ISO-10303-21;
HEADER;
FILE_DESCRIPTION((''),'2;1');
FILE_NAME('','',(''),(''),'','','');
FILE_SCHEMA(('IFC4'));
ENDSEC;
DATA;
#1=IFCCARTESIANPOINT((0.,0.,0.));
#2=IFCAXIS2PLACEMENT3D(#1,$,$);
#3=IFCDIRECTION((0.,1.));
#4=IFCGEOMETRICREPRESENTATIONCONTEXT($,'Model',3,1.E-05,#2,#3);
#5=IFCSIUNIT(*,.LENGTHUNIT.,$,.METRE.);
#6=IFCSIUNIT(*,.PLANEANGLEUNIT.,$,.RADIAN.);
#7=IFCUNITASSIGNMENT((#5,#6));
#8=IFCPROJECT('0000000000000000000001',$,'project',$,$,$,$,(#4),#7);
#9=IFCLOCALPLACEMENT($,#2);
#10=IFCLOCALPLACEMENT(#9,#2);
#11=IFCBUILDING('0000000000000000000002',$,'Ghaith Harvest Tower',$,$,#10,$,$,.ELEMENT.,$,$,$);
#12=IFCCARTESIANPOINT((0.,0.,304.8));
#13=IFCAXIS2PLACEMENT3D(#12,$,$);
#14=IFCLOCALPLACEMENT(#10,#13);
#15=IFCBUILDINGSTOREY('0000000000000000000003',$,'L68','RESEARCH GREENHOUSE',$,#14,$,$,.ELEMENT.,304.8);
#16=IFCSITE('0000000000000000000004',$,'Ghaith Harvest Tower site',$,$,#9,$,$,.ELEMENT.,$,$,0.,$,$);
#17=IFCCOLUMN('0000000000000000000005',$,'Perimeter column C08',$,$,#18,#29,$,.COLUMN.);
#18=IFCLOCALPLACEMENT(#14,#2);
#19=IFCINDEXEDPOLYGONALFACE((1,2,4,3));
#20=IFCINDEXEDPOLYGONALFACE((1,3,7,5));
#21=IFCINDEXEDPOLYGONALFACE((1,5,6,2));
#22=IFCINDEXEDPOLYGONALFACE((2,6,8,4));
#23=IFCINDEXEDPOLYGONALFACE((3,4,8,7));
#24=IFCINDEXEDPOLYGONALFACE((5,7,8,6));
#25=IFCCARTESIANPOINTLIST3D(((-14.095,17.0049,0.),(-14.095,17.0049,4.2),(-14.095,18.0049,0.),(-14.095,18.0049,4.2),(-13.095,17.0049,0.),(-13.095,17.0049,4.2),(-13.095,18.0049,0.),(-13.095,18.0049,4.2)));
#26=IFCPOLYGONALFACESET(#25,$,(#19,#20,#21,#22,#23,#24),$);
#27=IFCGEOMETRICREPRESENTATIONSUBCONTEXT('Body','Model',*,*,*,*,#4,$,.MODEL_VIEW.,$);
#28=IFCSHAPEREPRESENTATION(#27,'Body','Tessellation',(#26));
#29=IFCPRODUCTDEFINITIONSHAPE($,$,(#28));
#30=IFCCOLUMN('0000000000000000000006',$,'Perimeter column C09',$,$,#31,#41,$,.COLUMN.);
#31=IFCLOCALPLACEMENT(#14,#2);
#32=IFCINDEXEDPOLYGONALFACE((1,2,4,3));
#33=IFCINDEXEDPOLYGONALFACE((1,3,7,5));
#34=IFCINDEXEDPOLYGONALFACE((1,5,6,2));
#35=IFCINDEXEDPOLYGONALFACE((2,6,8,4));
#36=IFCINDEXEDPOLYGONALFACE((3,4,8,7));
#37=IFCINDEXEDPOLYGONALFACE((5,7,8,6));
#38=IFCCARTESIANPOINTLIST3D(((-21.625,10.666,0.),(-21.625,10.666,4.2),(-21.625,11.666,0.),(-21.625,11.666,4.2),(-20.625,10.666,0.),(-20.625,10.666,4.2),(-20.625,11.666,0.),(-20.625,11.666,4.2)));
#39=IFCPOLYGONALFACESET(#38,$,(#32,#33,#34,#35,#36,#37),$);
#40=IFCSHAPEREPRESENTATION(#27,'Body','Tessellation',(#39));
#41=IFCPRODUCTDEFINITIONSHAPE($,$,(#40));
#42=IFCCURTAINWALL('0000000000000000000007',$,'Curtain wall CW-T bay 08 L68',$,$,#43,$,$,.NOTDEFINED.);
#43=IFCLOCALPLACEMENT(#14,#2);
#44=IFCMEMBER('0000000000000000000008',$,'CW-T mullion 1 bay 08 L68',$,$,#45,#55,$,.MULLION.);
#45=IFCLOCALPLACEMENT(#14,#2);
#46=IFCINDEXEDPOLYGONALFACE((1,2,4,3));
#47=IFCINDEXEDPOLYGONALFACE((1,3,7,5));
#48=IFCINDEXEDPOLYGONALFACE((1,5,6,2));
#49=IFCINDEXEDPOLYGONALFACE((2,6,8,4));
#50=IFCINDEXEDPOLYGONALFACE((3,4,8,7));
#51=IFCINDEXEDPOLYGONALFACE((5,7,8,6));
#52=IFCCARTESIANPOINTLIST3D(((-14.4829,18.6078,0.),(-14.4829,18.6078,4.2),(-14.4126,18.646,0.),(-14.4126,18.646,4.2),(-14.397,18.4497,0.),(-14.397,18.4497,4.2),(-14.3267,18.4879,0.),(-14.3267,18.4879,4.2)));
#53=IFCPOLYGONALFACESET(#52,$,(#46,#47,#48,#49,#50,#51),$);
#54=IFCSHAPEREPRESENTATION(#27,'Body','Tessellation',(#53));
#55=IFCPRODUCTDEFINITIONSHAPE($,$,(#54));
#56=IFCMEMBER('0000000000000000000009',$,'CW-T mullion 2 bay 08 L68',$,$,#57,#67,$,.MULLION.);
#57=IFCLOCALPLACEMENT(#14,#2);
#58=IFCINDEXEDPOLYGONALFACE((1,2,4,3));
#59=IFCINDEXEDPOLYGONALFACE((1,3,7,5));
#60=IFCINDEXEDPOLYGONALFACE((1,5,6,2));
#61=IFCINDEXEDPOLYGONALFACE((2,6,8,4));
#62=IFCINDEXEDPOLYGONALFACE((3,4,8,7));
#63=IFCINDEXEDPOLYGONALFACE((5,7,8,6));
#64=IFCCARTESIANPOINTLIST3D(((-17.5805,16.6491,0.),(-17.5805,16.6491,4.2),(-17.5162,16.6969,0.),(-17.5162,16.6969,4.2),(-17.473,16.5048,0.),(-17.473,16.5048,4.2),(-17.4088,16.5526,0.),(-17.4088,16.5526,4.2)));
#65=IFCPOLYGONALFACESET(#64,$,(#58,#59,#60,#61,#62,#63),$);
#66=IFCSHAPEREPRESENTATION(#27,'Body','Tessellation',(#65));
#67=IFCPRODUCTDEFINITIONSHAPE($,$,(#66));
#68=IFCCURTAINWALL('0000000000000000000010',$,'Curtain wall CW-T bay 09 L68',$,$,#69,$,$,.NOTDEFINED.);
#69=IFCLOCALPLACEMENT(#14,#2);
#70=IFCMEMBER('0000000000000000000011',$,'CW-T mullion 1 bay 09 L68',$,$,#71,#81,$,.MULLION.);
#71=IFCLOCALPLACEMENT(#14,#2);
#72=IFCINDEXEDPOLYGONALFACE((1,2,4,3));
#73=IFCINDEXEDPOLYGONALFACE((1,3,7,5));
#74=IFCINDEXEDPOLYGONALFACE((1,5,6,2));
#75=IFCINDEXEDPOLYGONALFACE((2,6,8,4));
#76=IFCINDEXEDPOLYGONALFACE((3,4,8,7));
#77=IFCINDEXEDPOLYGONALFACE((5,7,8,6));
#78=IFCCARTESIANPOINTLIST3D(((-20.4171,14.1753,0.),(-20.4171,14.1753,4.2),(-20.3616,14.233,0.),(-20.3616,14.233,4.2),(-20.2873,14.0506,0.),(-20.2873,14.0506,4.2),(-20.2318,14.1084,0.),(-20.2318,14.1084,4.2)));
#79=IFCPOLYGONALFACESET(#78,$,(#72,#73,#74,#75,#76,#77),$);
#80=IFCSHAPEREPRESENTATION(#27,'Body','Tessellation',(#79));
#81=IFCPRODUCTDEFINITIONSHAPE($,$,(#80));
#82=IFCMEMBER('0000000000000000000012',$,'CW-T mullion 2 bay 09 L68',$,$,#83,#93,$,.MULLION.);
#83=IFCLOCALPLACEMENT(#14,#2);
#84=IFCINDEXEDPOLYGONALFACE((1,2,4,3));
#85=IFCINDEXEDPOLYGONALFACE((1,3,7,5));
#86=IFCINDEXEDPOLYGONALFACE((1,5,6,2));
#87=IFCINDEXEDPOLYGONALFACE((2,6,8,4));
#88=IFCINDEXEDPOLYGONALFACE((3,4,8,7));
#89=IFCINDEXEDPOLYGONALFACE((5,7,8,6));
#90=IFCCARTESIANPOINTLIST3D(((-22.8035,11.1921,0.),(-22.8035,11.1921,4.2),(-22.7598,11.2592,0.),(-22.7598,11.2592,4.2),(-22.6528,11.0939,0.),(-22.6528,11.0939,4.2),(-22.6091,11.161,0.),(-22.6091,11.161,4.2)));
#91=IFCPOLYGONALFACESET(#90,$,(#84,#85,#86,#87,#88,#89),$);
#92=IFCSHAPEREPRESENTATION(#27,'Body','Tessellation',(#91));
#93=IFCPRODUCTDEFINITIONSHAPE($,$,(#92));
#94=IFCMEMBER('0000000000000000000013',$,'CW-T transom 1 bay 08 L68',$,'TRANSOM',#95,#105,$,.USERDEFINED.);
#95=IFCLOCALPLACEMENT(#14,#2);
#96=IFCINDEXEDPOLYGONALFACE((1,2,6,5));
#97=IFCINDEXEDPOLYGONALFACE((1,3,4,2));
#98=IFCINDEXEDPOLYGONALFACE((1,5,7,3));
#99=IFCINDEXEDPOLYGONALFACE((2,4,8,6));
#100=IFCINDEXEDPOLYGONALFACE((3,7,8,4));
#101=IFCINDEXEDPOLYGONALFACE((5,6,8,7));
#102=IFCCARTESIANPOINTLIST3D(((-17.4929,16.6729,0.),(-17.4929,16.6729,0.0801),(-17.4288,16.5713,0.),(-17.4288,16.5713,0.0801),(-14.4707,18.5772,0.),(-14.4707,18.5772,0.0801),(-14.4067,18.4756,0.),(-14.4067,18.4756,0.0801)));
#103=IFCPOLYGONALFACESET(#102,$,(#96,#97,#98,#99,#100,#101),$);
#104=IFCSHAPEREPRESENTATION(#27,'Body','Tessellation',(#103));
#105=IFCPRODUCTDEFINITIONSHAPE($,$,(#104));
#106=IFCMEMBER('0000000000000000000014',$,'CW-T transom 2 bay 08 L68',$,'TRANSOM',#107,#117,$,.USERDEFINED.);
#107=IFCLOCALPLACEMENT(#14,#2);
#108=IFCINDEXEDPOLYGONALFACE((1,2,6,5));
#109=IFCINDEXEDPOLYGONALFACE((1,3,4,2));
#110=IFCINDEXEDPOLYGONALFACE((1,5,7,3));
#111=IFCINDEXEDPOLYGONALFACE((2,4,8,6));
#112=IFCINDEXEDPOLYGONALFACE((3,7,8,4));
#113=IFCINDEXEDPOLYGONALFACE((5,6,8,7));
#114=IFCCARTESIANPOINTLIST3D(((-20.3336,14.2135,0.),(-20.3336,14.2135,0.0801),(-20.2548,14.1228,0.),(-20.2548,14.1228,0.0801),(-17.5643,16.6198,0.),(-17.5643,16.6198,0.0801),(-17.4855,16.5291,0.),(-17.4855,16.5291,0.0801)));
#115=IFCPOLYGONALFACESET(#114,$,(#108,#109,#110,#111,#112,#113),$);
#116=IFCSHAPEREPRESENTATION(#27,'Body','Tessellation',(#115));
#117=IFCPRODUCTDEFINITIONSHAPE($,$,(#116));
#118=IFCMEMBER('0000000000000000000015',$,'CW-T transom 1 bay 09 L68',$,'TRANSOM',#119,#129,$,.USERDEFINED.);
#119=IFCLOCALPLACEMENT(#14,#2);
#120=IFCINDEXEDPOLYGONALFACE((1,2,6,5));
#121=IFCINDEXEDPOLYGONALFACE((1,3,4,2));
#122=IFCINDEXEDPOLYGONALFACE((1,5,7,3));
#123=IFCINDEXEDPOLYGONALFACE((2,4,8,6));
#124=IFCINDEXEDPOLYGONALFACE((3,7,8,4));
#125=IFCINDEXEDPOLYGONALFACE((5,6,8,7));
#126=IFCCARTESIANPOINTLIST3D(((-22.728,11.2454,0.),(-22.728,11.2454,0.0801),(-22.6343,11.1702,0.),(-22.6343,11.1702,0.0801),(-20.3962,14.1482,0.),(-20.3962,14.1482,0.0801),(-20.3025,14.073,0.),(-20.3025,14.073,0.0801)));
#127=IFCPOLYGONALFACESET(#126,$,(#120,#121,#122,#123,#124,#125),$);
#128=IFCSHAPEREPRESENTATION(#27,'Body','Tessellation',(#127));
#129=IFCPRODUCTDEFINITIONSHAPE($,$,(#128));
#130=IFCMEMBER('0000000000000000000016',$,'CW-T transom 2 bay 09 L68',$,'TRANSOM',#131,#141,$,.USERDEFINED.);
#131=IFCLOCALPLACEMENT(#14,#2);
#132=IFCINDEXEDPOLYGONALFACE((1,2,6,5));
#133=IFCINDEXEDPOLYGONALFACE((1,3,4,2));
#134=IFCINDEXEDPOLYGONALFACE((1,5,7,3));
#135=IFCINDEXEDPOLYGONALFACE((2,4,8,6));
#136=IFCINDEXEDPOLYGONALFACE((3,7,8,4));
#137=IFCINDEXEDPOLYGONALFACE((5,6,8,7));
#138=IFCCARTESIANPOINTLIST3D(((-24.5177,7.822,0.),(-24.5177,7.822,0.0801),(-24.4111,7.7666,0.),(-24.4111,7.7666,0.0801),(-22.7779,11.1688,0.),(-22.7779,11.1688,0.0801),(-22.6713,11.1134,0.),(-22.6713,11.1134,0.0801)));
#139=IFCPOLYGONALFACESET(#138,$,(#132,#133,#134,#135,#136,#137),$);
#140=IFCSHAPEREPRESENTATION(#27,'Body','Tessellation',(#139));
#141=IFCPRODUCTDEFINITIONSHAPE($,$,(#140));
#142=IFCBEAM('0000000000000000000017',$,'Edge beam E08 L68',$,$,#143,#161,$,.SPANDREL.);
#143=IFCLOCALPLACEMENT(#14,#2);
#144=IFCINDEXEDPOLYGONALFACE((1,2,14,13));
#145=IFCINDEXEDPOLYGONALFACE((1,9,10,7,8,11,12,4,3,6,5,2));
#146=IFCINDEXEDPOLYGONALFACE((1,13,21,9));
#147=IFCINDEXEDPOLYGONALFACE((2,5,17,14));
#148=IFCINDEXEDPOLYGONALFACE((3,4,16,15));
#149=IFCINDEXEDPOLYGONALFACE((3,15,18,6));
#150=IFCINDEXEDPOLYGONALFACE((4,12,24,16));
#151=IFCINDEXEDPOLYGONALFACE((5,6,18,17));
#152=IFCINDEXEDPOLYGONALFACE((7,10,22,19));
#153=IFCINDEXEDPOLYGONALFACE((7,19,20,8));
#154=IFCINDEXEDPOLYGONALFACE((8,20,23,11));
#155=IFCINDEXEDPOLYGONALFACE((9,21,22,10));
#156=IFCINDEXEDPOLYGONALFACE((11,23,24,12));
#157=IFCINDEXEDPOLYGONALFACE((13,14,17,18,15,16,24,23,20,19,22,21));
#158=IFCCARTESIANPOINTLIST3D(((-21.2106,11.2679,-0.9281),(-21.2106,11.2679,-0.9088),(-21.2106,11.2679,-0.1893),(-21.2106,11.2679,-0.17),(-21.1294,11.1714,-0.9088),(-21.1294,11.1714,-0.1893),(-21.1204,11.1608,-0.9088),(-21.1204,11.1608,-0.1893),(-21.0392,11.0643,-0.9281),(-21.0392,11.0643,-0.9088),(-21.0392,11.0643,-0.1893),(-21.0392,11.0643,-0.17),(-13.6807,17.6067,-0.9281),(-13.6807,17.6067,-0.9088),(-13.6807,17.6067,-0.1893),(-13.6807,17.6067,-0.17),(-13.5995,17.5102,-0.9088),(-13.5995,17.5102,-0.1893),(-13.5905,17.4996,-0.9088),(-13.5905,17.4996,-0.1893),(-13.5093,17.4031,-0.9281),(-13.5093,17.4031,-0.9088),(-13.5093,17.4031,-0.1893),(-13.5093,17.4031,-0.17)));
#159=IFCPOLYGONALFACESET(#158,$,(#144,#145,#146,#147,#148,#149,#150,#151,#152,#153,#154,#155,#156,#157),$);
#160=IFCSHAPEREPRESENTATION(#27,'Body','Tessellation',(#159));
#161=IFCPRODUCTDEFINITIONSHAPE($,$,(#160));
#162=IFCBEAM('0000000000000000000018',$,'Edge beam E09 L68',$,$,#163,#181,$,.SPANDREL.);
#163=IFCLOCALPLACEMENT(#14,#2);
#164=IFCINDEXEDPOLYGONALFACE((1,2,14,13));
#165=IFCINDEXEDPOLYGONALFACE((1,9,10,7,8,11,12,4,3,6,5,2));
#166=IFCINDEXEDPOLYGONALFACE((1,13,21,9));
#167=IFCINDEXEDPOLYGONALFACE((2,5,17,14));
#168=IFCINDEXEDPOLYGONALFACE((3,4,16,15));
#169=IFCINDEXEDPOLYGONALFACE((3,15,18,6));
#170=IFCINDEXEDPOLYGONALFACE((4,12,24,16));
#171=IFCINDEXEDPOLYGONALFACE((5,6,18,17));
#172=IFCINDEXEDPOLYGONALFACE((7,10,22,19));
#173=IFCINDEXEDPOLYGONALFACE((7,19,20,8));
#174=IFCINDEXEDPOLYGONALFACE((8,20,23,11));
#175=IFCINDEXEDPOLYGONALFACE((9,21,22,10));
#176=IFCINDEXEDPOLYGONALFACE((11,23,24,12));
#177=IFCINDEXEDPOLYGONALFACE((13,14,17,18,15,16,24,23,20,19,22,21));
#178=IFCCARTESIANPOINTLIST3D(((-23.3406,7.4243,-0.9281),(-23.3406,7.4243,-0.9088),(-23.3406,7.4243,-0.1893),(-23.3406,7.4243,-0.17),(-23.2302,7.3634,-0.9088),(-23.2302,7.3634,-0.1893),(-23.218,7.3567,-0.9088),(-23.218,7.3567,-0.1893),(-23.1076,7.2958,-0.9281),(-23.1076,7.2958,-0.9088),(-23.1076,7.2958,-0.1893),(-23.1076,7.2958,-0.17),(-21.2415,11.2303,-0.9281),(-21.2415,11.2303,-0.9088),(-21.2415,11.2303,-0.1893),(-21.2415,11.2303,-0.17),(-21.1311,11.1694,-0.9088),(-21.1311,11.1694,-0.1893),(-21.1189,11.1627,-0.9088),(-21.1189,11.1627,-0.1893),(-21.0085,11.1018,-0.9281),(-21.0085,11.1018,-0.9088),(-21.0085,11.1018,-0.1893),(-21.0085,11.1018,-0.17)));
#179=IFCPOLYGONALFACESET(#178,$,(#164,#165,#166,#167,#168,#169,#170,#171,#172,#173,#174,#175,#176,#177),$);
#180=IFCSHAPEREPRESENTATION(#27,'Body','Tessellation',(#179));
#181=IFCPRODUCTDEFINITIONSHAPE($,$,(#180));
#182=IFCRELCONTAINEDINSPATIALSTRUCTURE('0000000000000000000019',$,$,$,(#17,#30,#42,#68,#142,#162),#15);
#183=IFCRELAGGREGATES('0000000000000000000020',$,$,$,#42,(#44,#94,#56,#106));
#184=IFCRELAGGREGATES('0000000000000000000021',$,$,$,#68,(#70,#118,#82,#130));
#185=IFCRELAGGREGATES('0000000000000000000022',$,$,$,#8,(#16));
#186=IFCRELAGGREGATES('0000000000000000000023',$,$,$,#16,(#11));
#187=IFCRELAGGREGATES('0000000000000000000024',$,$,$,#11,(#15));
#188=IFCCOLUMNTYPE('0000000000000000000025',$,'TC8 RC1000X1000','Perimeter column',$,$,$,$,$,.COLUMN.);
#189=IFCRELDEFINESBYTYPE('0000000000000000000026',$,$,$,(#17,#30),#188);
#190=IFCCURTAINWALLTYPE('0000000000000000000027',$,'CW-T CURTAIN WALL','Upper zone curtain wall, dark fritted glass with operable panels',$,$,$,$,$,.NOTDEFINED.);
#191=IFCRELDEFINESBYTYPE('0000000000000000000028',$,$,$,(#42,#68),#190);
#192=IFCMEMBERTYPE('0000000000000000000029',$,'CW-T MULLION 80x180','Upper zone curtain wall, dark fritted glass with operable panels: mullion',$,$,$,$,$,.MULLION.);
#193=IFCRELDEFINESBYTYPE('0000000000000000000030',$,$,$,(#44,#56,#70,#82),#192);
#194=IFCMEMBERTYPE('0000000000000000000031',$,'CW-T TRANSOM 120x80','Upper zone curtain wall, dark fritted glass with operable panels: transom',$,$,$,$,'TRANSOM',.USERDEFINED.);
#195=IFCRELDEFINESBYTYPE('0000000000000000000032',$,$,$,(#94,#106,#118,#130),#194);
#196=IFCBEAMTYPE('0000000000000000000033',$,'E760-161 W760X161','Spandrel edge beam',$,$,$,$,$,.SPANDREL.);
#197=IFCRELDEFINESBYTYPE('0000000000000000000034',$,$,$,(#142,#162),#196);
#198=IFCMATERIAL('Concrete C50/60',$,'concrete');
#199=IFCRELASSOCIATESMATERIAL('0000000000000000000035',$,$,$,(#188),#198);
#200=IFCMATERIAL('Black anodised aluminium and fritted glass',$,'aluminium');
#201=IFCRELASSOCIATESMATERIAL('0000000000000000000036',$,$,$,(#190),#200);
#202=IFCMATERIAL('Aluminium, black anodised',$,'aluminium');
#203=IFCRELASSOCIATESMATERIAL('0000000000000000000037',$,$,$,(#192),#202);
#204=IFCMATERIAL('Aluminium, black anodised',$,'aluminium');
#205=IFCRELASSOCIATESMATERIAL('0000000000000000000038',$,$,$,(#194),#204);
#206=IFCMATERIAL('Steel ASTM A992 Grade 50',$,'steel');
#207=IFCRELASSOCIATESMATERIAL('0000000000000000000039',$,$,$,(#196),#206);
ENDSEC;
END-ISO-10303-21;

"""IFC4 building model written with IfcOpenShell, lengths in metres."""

from ifc_helpers import new_model, si_unit, direction, frame, origin, origin_2d, place, context, subcontext, project, spatial, rectangle, i_section, extrude, material, material_profile, profile_set, type_object, element, aggregate, save


model = new_model("IFC4")

# Units and contexts
model_context = context("Model", 3, precision=1e-05, world=origin(), true_north=direction((0.0, 1.0)))
body_context = subcontext(model_context, "Body", "Model", "MODEL_VIEW")
ifc_project = project(units=[si_unit("LENGTHUNIT", "METRE"), si_unit("PLANEANGLEUNIT", "RADIAN")], contexts=[model_context])

# Site, building, storey
site_placement = place(None, origin())
site = spatial("IfcSite", under=ifc_project, at=site_placement, Name="Ghaith Harvest Tower site", CompositionType="ELEMENT", RefElevation=0.0)
building_placement = place(site_placement, origin())
building = spatial("IfcBuilding", under=site, at=building_placement, Name="Ghaith Harvest Tower", CompositionType="ELEMENT")
storey_placement = place(building_placement, frame((0.0, 0.0, 304.8)))
storey = spatial("IfcBuildingStorey", under=building, at=storey_placement, Name="L68", Description="RESEARCH GREENHOUSE", CompositionType="ELEMENT", Elevation=304.8)

# Columns
ifc_material_1 = material(Name="Concrete C50/60", Category="concrete")
ifc_material_profile_1 = material_profile(ifc_material_1, rectangle(XDim=1.0, YDim=1.0, at=origin_2d()), Name="RC1000X1000")
ifc_profile_set_1 = profile_set([ifc_material_profile_1], Name="Concrete C50/60")
column_type = type_object("IfcColumnType", Name="TC8 RC1000X1000", Description="Perimeter column", PredefinedType="COLUMN", material=ifc_profile_set_1)
for number, where, z_axis, x_axis, name in (
    (1, (-13.595, 17.5049, 0.0), (0.0, 0.0, 1.0), (1.0, 0.0, 0.0), "Perimeter column C08"),
    (2, (-21.125, 11.166, 0.0), (0.0, 0.0, 1.0), (1.0, 0.0, 0.0), "Perimeter column C09"),
):
    element("IfcColumn", number, at=place(storey_placement, frame(where, z_axis=z_axis, x_axis=x_axis)), inside=storey, type_object=column_type, Name=name, PredefinedType="COLUMN", context=body_context, shape_type="SweptSolid", body=[
        extrude(rectangle(XDim=1.0, YDim=1.0, at=origin_2d()), origin(), (0.0, 0.0, 1.0), 4.2),
    ])

# Curtain walls, members
ifc_material_2 = material(Name="Black anodised aluminium and fritted glass", Category="aluminium")
curtain_wall_type = type_object("IfcCurtainWallType", Name="CW-T CURTAIN WALL", Description="Upper zone curtain wall, dark fritted glass with operable panels", PredefinedType="NOTDEFINED", material=ifc_material_2)
curtain_wall_1_placement = place(storey_placement, origin())
curtain_wall_1 = element("IfcCurtainWall", 3, at=curtain_wall_1_placement, inside=storey, type_object=curtain_wall_type, Name="Curtain wall CW-T bay 08 L68", PredefinedType="NOTDEFINED")
ifc_material_3 = material(Name="Aluminium, black anodised", Category="aluminium")
ifc_material_profile_2 = material_profile(ifc_material_3, rectangle(XDim=0.0801, YDim=0.1799, at=origin_2d()), Name="CW-T MULLION 80x180")
ifc_profile_set_2 = profile_set([ifc_material_profile_2], Name="Aluminium, black anodised")
member_type_1 = type_object("IfcMemberType", Name="CW-T MULLION 80x180", Description="Upper zone curtain wall, dark fritted glass with operable panels: mullion", PredefinedType="MULLION", material=ifc_profile_set_2)
member_1_placement = place(storey_placement, frame((-14.4048, 18.5479, 0.0), z_axis=(0.0, 0.0, 1.0), x_axis=(-0.878672, -0.477426, 0.0)))
member_1 = element("IfcMember", 4, at=member_1_placement, type_object=member_type_1, Name="CW-T mullion 1 bay 08 L68", PredefinedType="MULLION", context=body_context, shape_type="SweptSolid", body=[
    extrude(rectangle(XDim=0.0801, YDim=0.1799, at=origin_2d()), origin(), (0.0, 0.0, 1.0), 4.2),
])
member_2_placement = place(storey_placement, frame((-17.4946, 16.6008, 0.0), z_axis=(0.0, 0.0, 1.0), x_axis=(-0.80219, -0.597069, 0.0)))
member_2 = element("IfcMember", 5, at=member_2_placement, type_object=member_type_1, Name="CW-T mullion 2 bay 08 L68", PredefinedType="MULLION", context=body_context, shape_type="SweptSolid", body=[
    extrude(rectangle(XDim=0.0801, YDim=0.1799, at=origin_2d()), origin(), (0.0, 0.0, 1.0), 4.2),
])
curtain_wall_2_placement = place(storey_placement, origin())
curtain_wall_2 = element("IfcCurtainWall", 6, at=curtain_wall_2_placement, inside=storey, type_object=curtain_wall_type, Name="Curtain wall CW-T bay 09 L68", PredefinedType="NOTDEFINED")
member_3_placement = place(storey_placement, frame((-20.3245, 14.1418, 0.0), z_axis=(0.0, 0.0, 1.0), x_axis=(-0.692826, -0.721104, 0.0)))
member_3 = element("IfcMember", 7, at=member_3_placement, type_object=member_type_1, Name="CW-T mullion 1 bay 09 L68", PredefinedType="MULLION", context=body_context, shape_type="SweptSolid", body=[
    extrude(rectangle(XDim=0.0801, YDim=0.1799, at=origin_2d()), origin(), (0.0, 0.0, 1.0), 4.2),
])
member_4_placement = place(storey_placement, frame((-22.7063, 11.1765, 0.0), z_axis=(0.0, 0.0, 1.0), x_axis=(-0.545865, -0.837873, 0.0)))
member_4 = element("IfcMember", 8, at=member_4_placement, type_object=member_type_1, Name="CW-T mullion 2 bay 09 L68", PredefinedType="MULLION", context=body_context, shape_type="SweptSolid", body=[
    extrude(rectangle(XDim=0.0801, YDim=0.1799, at=origin_2d()), origin(), (0.0, 0.0, 1.0), 4.2),
])

# Members
ifc_material_4 = material(Name="Aluminium, black anodised", Category="aluminium")
ifc_material_profile_3 = material_profile(ifc_material_4, rectangle(XDim=0.1201, YDim=0.0801, at=origin_2d()), Name="CW-T TRANSOM 120x80")
ifc_profile_set_3 = profile_set([ifc_material_profile_3], Name="Aluminium, black anodised")
member_type_2 = type_object("IfcMemberType", Name="CW-T TRANSOM 120x80", Description="Upper zone curtain wall, dark fritted glass with operable panels: transom", ElementType="TRANSOM", PredefinedType="USERDEFINED", material=ifc_profile_set_3)
member_5_placement = place(storey_placement, frame((-14.4387, 18.5264, 0.04), z_axis=(-0.846054, -0.533098, 0.0), x_axis=(0.533098, -0.846054, 0.0)))
member_5 = element("IfcMember", 9, at=member_5_placement, type_object=member_type_2, Name="CW-T transom 1 bay 08 L68", ObjectType="TRANSOM", PredefinedType="USERDEFINED", context=body_context, shape_type="SweptSolid", body=[
    extrude(rectangle(XDim=0.1201, YDim=0.0801, at=origin_2d()), origin(), (0.0, 0.0, 1.0), 3.572),
])
member_6_placement = place(storey_placement, frame((-17.5249, 16.5745, 0.04), z_axis=(-0.754852, -0.655895, 0.0), x_axis=(0.655895, -0.754852, 0.0)))
member_6 = element("IfcMember", 10, at=member_6_placement, type_object=member_type_2, Name="CW-T transom 2 bay 08 L68", ObjectType="TRANSOM", PredefinedType="USERDEFINED", context=body_context, shape_type="SweptSolid", body=[
    extrude(rectangle(XDim=0.1201, YDim=0.0801, at=origin_2d()), origin(), (0.0, 0.0, 1.0), 3.6687),
])
member_7_placement = place(storey_placement, frame((-20.3494, 14.1106, 0.04), z_axis=(-0.626253, -0.77962, 0.0), x_axis=(0.77962, -0.626253, 0.0)))
member_7 = element("IfcMember", 11, at=member_7_placement, type_object=member_type_2, Name="CW-T transom 1 bay 09 L68", ObjectType="TRANSOM", PredefinedType="USERDEFINED", context=body_context, shape_type="SweptSolid", body=[
    extrude(rectangle(XDim=0.1201, YDim=0.0801, at=origin_2d()), origin(), (0.0, 0.0, 1.0), 3.7234),
])
member_8_placement = place(storey_placement, frame((-22.7246, 11.1411, 0.04), z_axis=(-0.461243, -0.887274, 0.0), x_axis=(0.887274, -0.461243, 0.0)))
member_8 = element("IfcMember", 12, at=member_8_placement, type_object=member_type_2, Name="CW-T transom 2 bay 09 L68", ObjectType="TRANSOM", PredefinedType="USERDEFINED", context=body_context, shape_type="SweptSolid", body=[
    extrude(rectangle(XDim=0.1201, YDim=0.0801, at=origin_2d()), origin(), (0.0, 0.0, 1.0), 3.772),
])

# Beams
ifc_material_5 = material(Name="Steel ASTM A992 Grade 50", Category="steel")
ifc_material_profile_4 = material_profile(ifc_material_5, i_section(OverallWidth=0.2661, OverallDepth=0.7581, WebThickness=0.0139, FlangeThickness=0.0193, at=origin_2d()), Name="W760X161")
ifc_profile_set_4 = profile_set([ifc_material_profile_4], Name="Steel ASTM A992 Grade 50")
beam_type = type_object("IfcBeamType", Name="E760-161 W760X161", Description="Spandrel edge beam", PredefinedType="SPANDREL", material=ifc_profile_set_4)
beam_1_placement = place(storey_placement, frame((-13.595, 17.5049, -0.5491), z_axis=(-0.765022, -0.644004, 0.0), x_axis=(0.644004, -0.765022, 0.0)))
element("IfcBeam", 13, at=beam_1_placement, inside=storey, type_object=beam_type, Name="Edge beam E08 L68", PredefinedType="SPANDREL", context=body_context, shape_type="SweptSolid", body=[
    extrude(i_section(OverallWidth=0.2661, OverallDepth=0.7581, WebThickness=0.0139, FlangeThickness=0.0193, at=origin_2d()), origin(), (0.0, 0.0, 1.0), 9.8428),
])
beam_2_placement = place(storey_placement, frame((-21.125, 11.166, -0.5491), z_axis=(-0.482956, -0.875645, 0.0), x_axis=(0.875645, -0.482956, 0.0)))
element("IfcBeam", 14, at=beam_2_placement, inside=storey, type_object=beam_type, Name="Edge beam E09 L68", PredefinedType="SPANDREL", context=body_context, shape_type="SweptSolid", body=[
    extrude(i_section(OverallWidth=0.2661, OverallDepth=0.7581, WebThickness=0.0139, FlangeThickness=0.0193, at=origin_2d()), origin(), (0.0, 0.0, 1.0), 4.3464),
])

aggregate(curtain_wall_1, [member_1, member_5, member_2, member_6])
aggregate(curtain_wall_2, [member_3, member_7, member_4, member_8])

save(model, "model.ifc")
